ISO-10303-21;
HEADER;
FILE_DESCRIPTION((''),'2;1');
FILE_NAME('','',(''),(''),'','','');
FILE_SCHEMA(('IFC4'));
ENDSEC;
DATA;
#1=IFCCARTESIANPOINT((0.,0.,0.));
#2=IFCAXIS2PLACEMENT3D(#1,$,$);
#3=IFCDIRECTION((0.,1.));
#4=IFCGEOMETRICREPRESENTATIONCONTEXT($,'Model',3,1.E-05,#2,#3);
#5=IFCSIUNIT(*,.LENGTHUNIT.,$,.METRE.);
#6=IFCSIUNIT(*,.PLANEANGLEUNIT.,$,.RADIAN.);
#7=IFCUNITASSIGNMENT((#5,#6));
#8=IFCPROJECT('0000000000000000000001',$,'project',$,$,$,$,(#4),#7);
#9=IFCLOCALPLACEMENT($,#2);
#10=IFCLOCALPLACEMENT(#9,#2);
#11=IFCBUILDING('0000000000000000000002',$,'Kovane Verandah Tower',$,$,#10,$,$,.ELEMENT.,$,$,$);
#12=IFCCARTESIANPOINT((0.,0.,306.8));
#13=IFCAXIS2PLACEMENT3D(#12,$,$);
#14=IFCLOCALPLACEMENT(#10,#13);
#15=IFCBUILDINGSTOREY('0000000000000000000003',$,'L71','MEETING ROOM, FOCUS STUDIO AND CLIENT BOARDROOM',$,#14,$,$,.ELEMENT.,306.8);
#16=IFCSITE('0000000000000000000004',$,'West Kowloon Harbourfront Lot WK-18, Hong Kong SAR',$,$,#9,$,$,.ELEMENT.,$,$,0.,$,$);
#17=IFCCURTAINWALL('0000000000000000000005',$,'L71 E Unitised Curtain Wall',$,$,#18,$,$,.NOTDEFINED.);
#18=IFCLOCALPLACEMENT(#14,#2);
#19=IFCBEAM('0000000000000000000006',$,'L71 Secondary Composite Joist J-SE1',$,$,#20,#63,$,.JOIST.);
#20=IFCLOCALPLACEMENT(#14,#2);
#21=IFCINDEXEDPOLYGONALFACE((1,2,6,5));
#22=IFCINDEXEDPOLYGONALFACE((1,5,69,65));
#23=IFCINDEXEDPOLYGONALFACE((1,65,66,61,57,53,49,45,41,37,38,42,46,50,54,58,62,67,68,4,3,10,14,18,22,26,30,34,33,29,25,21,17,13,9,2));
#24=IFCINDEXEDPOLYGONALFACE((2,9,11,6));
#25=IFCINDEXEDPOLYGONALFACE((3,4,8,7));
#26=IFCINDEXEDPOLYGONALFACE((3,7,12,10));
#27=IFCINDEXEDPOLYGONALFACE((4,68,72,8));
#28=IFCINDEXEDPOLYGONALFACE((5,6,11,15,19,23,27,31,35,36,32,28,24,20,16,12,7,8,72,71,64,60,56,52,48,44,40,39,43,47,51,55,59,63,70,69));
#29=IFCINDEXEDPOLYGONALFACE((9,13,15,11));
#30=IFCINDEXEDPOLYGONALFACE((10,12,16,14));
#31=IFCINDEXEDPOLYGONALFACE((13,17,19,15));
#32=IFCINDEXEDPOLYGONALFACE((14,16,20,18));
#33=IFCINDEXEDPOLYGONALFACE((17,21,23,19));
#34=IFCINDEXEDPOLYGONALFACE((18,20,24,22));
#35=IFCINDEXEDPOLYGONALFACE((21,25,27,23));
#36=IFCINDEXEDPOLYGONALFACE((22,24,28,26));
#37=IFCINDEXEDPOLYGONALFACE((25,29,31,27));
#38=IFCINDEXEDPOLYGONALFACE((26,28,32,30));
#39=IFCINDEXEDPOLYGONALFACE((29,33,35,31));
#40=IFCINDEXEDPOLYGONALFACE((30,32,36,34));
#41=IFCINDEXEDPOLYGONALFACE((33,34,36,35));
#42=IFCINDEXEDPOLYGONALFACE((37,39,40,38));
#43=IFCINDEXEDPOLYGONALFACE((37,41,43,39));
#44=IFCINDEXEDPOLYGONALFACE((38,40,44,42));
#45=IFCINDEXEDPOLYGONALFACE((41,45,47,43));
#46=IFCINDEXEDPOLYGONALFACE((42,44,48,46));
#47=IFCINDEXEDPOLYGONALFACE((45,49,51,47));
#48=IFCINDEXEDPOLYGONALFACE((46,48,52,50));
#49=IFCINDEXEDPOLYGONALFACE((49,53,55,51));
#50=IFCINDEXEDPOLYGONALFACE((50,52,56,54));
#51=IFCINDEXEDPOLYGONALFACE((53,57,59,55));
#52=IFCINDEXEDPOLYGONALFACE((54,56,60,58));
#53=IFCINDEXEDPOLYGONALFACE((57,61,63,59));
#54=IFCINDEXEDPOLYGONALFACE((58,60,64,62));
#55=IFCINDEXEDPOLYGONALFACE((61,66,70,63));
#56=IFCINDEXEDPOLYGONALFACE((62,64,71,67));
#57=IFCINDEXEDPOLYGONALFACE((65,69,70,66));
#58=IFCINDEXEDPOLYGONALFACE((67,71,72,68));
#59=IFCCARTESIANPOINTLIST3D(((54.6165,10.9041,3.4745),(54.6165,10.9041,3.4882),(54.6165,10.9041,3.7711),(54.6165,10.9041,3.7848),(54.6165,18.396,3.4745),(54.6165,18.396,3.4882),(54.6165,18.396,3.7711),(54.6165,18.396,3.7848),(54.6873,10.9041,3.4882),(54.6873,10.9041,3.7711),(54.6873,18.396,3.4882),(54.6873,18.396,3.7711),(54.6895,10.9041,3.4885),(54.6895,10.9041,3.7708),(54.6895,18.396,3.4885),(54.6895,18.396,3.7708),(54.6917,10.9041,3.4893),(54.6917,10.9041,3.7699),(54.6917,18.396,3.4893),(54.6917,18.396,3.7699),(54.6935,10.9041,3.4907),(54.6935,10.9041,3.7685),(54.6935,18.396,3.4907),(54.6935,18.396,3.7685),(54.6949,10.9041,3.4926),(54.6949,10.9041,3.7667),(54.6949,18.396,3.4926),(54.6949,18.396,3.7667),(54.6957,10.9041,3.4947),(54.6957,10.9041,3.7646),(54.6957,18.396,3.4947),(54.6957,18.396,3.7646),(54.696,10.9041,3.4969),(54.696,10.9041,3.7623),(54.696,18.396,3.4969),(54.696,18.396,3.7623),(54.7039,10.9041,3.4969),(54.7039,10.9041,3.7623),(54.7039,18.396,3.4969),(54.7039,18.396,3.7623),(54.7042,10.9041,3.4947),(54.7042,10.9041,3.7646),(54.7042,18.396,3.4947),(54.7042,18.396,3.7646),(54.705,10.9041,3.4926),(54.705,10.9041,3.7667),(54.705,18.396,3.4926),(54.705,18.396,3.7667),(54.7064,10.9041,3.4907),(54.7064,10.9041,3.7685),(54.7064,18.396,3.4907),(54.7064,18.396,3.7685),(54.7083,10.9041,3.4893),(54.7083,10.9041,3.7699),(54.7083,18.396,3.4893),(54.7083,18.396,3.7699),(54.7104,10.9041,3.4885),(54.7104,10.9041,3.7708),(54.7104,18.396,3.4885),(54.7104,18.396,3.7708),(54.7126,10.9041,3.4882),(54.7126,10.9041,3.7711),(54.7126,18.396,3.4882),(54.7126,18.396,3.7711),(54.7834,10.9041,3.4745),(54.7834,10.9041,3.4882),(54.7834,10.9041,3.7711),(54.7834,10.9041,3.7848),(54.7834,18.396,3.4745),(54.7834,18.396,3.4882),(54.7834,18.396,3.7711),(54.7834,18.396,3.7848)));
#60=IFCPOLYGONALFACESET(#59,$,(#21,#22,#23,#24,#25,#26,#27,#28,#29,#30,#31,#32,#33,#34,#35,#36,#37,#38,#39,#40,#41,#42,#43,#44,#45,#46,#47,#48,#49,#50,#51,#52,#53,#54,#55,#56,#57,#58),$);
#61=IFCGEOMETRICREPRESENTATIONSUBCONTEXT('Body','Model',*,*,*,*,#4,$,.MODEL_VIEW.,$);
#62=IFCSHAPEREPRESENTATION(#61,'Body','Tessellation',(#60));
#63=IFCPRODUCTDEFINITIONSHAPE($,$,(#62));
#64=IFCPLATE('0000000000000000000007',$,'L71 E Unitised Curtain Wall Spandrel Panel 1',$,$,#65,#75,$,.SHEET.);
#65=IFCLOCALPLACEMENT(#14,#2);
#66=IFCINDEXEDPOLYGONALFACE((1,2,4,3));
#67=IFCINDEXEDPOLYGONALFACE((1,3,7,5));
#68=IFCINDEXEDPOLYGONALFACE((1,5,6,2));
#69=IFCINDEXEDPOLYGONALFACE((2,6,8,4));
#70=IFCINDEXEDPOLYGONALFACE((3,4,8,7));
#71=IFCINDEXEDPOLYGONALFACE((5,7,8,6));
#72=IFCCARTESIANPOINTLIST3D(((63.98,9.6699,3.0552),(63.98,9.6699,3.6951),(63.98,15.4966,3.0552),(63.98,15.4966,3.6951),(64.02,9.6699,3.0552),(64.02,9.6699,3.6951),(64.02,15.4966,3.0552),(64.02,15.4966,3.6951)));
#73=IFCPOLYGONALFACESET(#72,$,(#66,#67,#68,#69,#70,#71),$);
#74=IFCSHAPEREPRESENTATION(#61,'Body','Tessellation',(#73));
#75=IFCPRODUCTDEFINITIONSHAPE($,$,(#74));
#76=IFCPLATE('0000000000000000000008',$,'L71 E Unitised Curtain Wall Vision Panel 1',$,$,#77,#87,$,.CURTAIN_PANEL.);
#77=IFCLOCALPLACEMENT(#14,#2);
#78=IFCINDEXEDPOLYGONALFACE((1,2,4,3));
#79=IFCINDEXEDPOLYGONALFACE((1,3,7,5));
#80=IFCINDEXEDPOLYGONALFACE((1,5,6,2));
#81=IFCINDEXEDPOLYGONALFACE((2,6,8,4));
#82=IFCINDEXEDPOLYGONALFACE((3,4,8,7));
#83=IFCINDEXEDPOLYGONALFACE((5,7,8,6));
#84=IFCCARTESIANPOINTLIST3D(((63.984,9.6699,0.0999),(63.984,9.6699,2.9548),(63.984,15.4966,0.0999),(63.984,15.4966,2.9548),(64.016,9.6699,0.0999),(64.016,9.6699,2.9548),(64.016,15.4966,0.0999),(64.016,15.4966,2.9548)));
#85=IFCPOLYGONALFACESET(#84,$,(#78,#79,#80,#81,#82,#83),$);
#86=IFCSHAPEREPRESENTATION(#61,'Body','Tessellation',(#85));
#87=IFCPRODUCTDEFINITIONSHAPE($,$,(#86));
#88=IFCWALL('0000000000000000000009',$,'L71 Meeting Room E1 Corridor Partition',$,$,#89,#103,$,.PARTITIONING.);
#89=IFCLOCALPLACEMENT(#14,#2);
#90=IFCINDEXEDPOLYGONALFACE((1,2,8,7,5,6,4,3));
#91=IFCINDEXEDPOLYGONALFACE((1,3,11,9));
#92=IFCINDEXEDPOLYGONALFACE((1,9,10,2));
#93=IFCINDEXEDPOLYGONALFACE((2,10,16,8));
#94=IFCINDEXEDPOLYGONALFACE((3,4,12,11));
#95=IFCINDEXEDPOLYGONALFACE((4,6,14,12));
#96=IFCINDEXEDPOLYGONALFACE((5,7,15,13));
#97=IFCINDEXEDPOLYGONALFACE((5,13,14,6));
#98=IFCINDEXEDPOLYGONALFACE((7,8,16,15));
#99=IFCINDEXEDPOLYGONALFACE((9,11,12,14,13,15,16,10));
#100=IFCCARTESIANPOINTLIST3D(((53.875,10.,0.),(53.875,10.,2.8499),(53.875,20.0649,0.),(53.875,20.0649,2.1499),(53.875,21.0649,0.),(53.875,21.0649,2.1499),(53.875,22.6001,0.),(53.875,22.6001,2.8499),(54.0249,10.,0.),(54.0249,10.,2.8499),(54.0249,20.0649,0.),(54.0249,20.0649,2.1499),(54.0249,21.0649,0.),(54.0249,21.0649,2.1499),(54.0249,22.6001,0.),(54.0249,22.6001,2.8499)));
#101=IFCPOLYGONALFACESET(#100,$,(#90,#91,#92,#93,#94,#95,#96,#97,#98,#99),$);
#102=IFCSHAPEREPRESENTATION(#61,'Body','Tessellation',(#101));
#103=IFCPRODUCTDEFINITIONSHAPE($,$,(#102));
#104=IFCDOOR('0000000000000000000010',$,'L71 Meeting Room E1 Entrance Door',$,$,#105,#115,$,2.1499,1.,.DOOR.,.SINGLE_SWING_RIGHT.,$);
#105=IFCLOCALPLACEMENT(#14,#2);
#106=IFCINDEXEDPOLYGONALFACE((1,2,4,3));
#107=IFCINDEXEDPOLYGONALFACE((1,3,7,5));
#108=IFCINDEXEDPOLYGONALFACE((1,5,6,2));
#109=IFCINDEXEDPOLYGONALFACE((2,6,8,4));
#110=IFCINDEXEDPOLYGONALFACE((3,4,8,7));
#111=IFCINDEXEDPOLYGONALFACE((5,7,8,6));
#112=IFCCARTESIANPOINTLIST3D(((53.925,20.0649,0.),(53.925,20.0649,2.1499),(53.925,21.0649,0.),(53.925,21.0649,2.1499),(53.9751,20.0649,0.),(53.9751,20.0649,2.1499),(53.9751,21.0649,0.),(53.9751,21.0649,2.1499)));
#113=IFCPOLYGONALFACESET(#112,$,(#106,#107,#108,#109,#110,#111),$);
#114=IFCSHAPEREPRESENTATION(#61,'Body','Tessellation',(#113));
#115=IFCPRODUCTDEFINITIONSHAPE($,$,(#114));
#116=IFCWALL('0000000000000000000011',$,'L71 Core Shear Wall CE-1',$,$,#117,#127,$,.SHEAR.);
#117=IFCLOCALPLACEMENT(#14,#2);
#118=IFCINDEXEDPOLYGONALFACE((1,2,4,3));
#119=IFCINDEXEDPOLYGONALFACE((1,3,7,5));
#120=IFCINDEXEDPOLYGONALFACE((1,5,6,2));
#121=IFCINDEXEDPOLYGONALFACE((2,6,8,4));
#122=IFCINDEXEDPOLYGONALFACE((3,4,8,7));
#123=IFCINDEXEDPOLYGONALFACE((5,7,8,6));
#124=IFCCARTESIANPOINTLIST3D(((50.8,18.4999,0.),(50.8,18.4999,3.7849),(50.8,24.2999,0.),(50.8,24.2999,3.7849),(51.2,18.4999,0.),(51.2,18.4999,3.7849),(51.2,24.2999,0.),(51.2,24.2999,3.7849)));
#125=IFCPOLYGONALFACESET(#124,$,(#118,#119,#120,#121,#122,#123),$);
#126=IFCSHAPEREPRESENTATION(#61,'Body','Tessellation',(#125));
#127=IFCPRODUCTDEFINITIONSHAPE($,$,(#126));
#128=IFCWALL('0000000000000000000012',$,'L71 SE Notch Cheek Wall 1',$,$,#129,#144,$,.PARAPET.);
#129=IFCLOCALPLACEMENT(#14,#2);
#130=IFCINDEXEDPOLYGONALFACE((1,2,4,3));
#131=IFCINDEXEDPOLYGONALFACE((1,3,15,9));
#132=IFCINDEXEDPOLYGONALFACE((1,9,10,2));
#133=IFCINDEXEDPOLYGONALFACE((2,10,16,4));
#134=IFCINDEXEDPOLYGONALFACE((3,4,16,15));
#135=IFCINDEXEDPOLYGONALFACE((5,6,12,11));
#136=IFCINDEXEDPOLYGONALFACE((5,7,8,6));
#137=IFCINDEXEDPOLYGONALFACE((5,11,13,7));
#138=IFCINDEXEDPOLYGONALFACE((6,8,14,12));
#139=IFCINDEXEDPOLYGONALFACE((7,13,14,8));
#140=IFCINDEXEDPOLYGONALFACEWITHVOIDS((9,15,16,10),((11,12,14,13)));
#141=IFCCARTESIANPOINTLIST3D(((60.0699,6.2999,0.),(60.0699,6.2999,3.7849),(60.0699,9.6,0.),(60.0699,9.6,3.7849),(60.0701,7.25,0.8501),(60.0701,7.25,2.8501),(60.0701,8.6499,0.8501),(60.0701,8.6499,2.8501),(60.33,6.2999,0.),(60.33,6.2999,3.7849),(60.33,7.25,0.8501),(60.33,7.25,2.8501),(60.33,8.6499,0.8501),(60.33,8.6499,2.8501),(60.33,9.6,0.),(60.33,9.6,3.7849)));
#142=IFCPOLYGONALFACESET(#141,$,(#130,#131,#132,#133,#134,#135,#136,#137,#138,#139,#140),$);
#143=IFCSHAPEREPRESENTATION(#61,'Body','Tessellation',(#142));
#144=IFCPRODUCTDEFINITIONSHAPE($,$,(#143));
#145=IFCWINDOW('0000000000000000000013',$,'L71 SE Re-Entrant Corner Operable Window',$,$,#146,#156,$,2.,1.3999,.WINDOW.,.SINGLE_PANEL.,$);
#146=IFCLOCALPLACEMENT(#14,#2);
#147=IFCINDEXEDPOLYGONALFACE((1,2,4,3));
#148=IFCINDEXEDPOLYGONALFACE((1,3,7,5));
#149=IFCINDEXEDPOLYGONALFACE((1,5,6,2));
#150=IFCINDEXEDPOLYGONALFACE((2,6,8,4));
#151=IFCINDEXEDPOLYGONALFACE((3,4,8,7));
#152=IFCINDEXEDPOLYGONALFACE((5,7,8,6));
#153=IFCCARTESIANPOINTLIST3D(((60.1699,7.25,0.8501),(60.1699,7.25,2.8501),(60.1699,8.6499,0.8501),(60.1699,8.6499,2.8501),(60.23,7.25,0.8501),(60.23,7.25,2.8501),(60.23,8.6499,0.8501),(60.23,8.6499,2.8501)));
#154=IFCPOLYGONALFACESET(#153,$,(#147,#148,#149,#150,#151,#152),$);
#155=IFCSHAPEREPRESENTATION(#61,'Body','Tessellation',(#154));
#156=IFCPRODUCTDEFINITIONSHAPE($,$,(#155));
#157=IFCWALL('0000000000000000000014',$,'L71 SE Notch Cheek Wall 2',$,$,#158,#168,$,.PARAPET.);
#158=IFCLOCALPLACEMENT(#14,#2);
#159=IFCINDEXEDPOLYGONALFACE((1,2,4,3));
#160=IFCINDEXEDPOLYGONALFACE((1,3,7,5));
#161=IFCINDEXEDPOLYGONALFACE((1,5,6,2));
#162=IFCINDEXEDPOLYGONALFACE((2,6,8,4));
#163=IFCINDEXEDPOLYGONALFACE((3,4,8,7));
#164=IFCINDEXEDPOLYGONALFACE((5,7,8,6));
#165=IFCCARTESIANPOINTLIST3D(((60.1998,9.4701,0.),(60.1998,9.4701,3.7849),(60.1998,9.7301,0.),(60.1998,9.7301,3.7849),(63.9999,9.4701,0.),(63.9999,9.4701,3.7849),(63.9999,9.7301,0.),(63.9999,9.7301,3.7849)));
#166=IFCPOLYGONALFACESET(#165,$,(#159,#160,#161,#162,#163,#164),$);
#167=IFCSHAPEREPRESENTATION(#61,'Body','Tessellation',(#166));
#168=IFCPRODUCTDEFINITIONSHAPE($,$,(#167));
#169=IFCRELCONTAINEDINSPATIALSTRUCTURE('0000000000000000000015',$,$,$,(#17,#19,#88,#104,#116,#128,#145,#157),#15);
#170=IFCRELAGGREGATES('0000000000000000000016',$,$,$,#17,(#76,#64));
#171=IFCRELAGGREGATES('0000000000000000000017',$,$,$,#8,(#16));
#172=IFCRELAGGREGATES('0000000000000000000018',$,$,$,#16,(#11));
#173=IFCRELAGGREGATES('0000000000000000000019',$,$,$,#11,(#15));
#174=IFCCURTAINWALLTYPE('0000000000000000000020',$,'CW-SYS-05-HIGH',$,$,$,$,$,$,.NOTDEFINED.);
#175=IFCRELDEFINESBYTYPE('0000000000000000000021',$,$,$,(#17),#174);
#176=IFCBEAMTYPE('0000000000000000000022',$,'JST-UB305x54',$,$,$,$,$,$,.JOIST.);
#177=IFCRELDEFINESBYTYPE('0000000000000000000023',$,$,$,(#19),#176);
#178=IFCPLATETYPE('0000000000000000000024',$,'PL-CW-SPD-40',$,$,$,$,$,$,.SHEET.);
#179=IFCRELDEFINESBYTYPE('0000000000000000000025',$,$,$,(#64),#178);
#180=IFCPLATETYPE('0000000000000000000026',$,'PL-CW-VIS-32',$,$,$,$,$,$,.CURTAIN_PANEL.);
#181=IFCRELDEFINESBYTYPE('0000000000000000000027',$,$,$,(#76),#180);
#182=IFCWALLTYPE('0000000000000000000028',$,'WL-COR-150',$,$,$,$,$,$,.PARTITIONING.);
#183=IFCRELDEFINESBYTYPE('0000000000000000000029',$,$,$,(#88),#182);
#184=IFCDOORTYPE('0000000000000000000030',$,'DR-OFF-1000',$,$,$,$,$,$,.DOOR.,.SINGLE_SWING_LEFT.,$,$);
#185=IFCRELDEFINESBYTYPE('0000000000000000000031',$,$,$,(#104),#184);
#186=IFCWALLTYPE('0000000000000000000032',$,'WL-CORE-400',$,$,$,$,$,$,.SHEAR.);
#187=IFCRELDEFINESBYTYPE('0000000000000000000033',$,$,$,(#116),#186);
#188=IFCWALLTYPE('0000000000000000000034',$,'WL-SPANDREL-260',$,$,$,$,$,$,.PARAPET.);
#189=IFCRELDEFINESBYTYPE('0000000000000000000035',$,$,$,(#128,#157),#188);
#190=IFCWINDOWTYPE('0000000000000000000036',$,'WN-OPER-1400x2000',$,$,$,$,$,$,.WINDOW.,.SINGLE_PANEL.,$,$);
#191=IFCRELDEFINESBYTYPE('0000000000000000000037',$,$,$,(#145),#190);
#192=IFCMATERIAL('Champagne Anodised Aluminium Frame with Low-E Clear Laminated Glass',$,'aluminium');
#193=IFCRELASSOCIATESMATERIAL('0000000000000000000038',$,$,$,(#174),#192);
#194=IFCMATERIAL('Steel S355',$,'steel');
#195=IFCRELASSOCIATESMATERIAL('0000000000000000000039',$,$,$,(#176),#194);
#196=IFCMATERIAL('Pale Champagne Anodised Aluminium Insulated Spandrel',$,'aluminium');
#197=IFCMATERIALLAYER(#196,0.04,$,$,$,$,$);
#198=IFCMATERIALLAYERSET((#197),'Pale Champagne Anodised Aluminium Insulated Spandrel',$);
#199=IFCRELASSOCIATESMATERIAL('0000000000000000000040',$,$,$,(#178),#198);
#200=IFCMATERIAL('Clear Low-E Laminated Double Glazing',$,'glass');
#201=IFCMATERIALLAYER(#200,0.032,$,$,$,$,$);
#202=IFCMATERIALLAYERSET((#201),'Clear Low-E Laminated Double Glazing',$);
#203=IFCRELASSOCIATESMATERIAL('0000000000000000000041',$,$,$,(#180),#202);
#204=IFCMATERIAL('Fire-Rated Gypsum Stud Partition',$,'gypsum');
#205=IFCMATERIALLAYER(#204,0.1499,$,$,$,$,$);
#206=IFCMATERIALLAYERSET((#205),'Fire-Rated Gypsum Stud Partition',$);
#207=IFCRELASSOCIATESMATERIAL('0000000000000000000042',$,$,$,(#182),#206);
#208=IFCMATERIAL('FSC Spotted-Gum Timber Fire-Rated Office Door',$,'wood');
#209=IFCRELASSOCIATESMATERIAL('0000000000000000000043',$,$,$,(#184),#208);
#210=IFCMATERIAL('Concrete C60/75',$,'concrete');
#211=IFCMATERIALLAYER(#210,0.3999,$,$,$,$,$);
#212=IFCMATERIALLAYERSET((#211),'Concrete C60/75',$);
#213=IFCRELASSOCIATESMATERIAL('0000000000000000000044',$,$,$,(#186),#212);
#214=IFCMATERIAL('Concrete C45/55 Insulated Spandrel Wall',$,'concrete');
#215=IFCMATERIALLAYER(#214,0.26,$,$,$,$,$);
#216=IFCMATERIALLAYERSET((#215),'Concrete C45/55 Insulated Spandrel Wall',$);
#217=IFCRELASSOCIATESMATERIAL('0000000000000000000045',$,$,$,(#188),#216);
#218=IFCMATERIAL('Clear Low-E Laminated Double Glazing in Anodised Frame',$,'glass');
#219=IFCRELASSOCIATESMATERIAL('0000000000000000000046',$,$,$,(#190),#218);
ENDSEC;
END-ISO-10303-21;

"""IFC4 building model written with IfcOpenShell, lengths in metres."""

from ifc_helpers import new_model, si_unit, direction, frame, frame_2d, origin, origin_2d, place, context, subcontext, project, spatial, rectangle, i_section, extrude, material, layer, layer_set, material_profile, profile_set, type_object, element, fill, aggregate, save


model = new_model("IFC4")

# Units and contexts
model_context = context("Model", 3, precision=1e-05, world=origin(), true_north=direction((0.0, 1.0)))
body_context = subcontext(model_context, "Body", "Model", "MODEL_VIEW")
ifc_project = project(units=[si_unit("LENGTHUNIT", "METRE"), si_unit("PLANEANGLEUNIT", "RADIAN")], contexts=[model_context])

# Site, building, storey
site_placement = place(None, origin())
site = spatial("IfcSite", under=ifc_project, at=site_placement, Name="West Kowloon Harbourfront Lot WK-18, Hong Kong SAR", CompositionType="ELEMENT", RefElevation=0.0)
building_placement = place(site_placement, origin())
building = spatial("IfcBuilding", under=site, at=building_placement, Name="Kovane Verandah Tower", CompositionType="ELEMENT")
storey_placement = place(building_placement, frame((0.0, 0.0, 306.8)))
storey = spatial("IfcBuildingStorey", under=building, at=storey_placement, Name="L71", Description="MEETING ROOM, FOCUS STUDIO AND CLIENT BOARDROOM", CompositionType="ELEMENT", Elevation=306.8)

# Shared definitions
ifc_material_1 = material(Name="Concrete C60/75", Category="concrete")

# Shared definitions
ifc_material_2 = material(Name="Steel S355", Category="steel")

# Curtain wall
ifc_material_3 = material(Name="Champagne Anodised Aluminium Frame with Low-E Clear Laminated Glass", Category="aluminium")
curtain_wall_type = type_object("IfcCurtainWallType", Name="CW-SYS-05-HIGH", PredefinedType="NOTDEFINED", material=ifc_material_3)
curtain_wall_placement = place(storey_placement, origin())
curtain_wall = element("IfcCurtainWall", 1, at=curtain_wall_placement, inside=storey, type_object=curtain_wall_type, Name="L71 E Unitised Curtain Wall", PredefinedType="NOTDEFINED")

# Beam
ifc_material_profile_1 = material_profile(ifc_material_2, i_section(OverallWidth=0.167, OverallDepth=0.3103, WebThickness=0.0078, FlangeThickness=0.0137, FilletRadius=0.0088, at=origin_2d()), Name="UB305x165x54")
ifc_profile_set_1 = profile_set([ifc_material_profile_1], Name="Steel S355")
beam_type_1 = type_object("IfcBeamType", Name="JST-UB305x54", PredefinedType="JOIST", material=ifc_profile_set_1)
beam_1_placement = place(storey_placement, frame((54.7, 10.9041, 3.6296), z_axis=(0.0, 1.0, 0.0), x_axis=(-1.0, 0.0, 0.0)))
element("IfcBeam", 2, at=beam_1_placement, inside=storey, type_object=beam_type_1, Name="L71 Secondary Composite Joist J-SE1", PredefinedType="JOIST", context=body_context, shape_type="SweptSolid", body=[
    extrude(i_section(OverallWidth=0.167, OverallDepth=0.3103, WebThickness=0.0078, FlangeThickness=0.0137, FilletRadius=0.0088, at=origin_2d()), origin(), (0.0, 0.0, 1.0), 7.4919),
])

# Plates
ifc_material_4 = material(Name="Pale Champagne Anodised Aluminium Insulated Spandrel", Category="aluminium")
ifc_layer_1 = layer(ifc_material_4, 0.04)
ifc_layer_set_1 = layer_set([ifc_layer_1], Name="Pale Champagne Anodised Aluminium Insulated Spandrel")
plate_type_1 = type_object("IfcPlateType", Name="PL-CW-SPD-40", PredefinedType="SHEET", material=ifc_layer_set_1)
plate_1_placement = place(storey_placement, frame((64.0, 12.5833, 3.0552), z_axis=(0.0, 0.0, 1.0), x_axis=(0.0, 1.0, 0.0)))
plate_1 = element("IfcPlate", 3, at=plate_1_placement, type_object=plate_type_1, Name="L71 E Unitised Curtain Wall Spandrel Panel 1", PredefinedType="SHEET", context=body_context, shape_type="SweptSolid", body=[
    extrude(rectangle(XDim=5.8267, YDim=0.04, at=origin_2d()), origin(), (0.0, 0.0, 1.0), 0.6399),
])
ifc_material_5 = material(Name="Clear Low-E Laminated Double Glazing", Category="glass")
ifc_layer_2 = layer(ifc_material_5, 0.032)
ifc_layer_set_2 = layer_set([ifc_layer_2], Name="Clear Low-E Laminated Double Glazing")
plate_type_2 = type_object("IfcPlateType", Name="PL-CW-VIS-32", PredefinedType="CURTAIN_PANEL", material=ifc_layer_set_2)
plate_2_placement = place(storey_placement, frame((64.0, 12.5833, 0.0999), z_axis=(0.0, 0.0, 1.0), x_axis=(0.0, 1.0, 0.0)))
plate_2 = element("IfcPlate", 4, at=plate_2_placement, type_object=plate_type_2, Name="L71 E Unitised Curtain Wall Vision Panel 1", PredefinedType="CURTAIN_PANEL", context=body_context, shape_type="SweptSolid", body=[
    extrude(rectangle(XDim=5.8267, YDim=0.032, at=origin_2d()), origin(), (0.0, 0.0, 1.0), 2.855),
])
aggregate(curtain_wall, [plate_2, plate_1])

# Wall, opening, door
ifc_material_6 = material(Name="Fire-Rated Gypsum Stud Partition", Category="gypsum")
ifc_layer_3 = layer(ifc_material_6, 0.1499)
ifc_layer_set_3 = layer_set([ifc_layer_3], Name="Fire-Rated Gypsum Stud Partition")
wall_type_1 = type_object("IfcWallType", Name="WL-COR-150", PredefinedType="PARTITIONING", material=ifc_layer_set_3)
wall_1_placement = place(storey_placement, frame((53.95, 10.0, 0.0), z_axis=(0.0, 0.0, 1.0), x_axis=(0.0, 1.0, 0.0)))
wall_1 = element("IfcWall", 5, at=wall_1_placement, inside=storey, type_object=wall_type_1, Name="L71 Meeting Room E1 Corridor Partition", PredefinedType="PARTITIONING", context=body_context, shape_type="SweptSolid", body=[
    extrude(rectangle(XDim=12.6001, YDim=0.1499, at=frame_2d((6.3, 0.0))), origin(), (0.0, 0.0, 1.0), 2.8499),
])
opening_1_placement = place(wall_1_placement, frame((10.0649, 0.0, 0.0)))
opening_1 = element("IfcOpeningElement", 6, at=opening_1_placement, cuts=wall_1, PredefinedType="OPENING", context=body_context, shape_type="SweptSolid", body=[
    extrude(rectangle(XDim=1.0, YDim=2.1499, at=frame_2d((0.5, 1.075))), frame((0.0, 0.075, 0.0), z_axis=(0.0, -1.0, 0.0), x_axis=(1.0, 0.0, 0.0)), (0.0, 0.0, 1.0), 0.1499),
])
ifc_material_7 = material(Name="FSC Spotted-Gum Timber Fire-Rated Office Door", Category="wood")
door_type = type_object("IfcDoorType", Name="DR-OFF-1000", OperationType="SINGLE_SWING_LEFT", PredefinedType="DOOR", material=ifc_material_7)
door_placement = place(opening_1_placement, origin())
door = element("IfcDoor", 7, at=door_placement, inside=storey, type_object=door_type, Name="L71 Meeting Room E1 Entrance Door", OperationType="SINGLE_SWING_RIGHT", OverallHeight=2.1499, OverallWidth=1.0, PredefinedType="DOOR", context=body_context, shape_type="SweptSolid", body=[
    extrude(rectangle(XDim=1.0, YDim=2.1499, at=frame_2d((0.5, 1.075))), frame((0.0, 0.0249, 0.0), z_axis=(0.0, -1.0, 0.0), x_axis=(1.0, 0.0, 0.0)), (0.0, 0.0, 1.0), 0.05),
])
fill(opening_1, door)

# Wall
ifc_layer_4 = layer(ifc_material_1, 0.3999)
ifc_layer_set_4 = layer_set([ifc_layer_4], Name="Concrete C60/75")
wall_type_2 = type_object("IfcWallType", Name="WL-CORE-400", PredefinedType="SHEAR", material=ifc_layer_set_4)
wall_2_placement = place(storey_placement, frame((51.0, 18.5, 0.0), z_axis=(0.0, 0.0, 1.0), x_axis=(0.0, 1.0, 0.0)))
element("IfcWall", 8, at=wall_2_placement, inside=storey, type_object=wall_type_2, Name="L71 Core Shear Wall CE-1", PredefinedType="SHEAR", context=body_context, shape_type="SweptSolid", body=[
    extrude(rectangle(XDim=5.8, YDim=0.3999, at=frame_2d((2.8999, 0.0))), origin(), (0.0, 0.0, 1.0), 3.7849),
])

# Wall, opening, window
ifc_material_8 = material(Name="Concrete C45/55 Insulated Spandrel Wall", Category="concrete")
ifc_layer_5 = layer(ifc_material_8, 0.26)
ifc_layer_set_5 = layer_set([ifc_layer_5], Name="Concrete C45/55 Insulated Spandrel Wall")
wall_type_3 = type_object("IfcWallType", Name="WL-SPANDREL-260", PredefinedType="PARAPET", material=ifc_layer_set_5)
wall_3_placement = place(storey_placement, frame((60.2, 6.3, 0.0), z_axis=(0.0, 0.0, 1.0), x_axis=(0.0, 1.0, 0.0)))
wall_3 = element("IfcWall", 9, at=wall_3_placement, inside=storey, type_object=wall_type_3, Name="L71 SE Notch Cheek Wall 1", PredefinedType="PARAPET", context=body_context, shape_type="SweptSolid", body=[
    extrude(rectangle(XDim=3.3, YDim=0.26, at=frame_2d((1.6499, 0.0))), origin(), (0.0, 0.0, 1.0), 3.7849),
])
opening_2_placement = place(wall_3_placement, frame((0.95, 0.0, 0.8501)))
opening_2 = element("IfcOpeningElement", 10, at=opening_2_placement, cuts=wall_3, PredefinedType="OPENING", context=body_context, shape_type="SweptSolid", body=[
    extrude(rectangle(XDim=1.3999, YDim=2.0, at=frame_2d((0.7, 1.0))), frame((0.0, 0.1299, 0.0), z_axis=(0.0, -1.0, 0.0), x_axis=(1.0, 0.0, 0.0)), (0.0, 0.0, 1.0), 0.26),
])
ifc_material_9 = material(Name="Clear Low-E Laminated Double Glazing in Anodised Frame", Category="glass")
window_type = type_object("IfcWindowType", Name="WN-OPER-1400x2000", PartitioningType="SINGLE_PANEL", PredefinedType="WINDOW", material=ifc_material_9)
window_placement = place(opening_2_placement, origin())
window = element("IfcWindow", 11, at=window_placement, inside=storey, type_object=window_type, Name="L71 SE Re-Entrant Corner Operable Window", OverallHeight=2.0, OverallWidth=1.3999, PartitioningType="SINGLE_PANEL", PredefinedType="WINDOW", context=body_context, shape_type="SweptSolid", body=[
    extrude(rectangle(XDim=1.3999, YDim=2.0, at=frame_2d((0.7, 1.0))), frame((0.0, 0.03, 0.0), z_axis=(0.0, -1.0, 0.0), x_axis=(1.0, 0.0, 0.0)), (0.0, 0.0, 1.0), 0.0601),
])
fill(opening_2, window)

# Wall
wall_4_placement = place(storey_placement, frame((60.2, 9.6001, 0.0), z_axis=(0.0, 0.0, 1.0), x_axis=(1.0, 0.0, 0.0)))
element("IfcWall", 12, at=wall_4_placement, inside=storey, type_object=wall_type_3, Name="L71 SE Notch Cheek Wall 2", PredefinedType="PARAPET", context=body_context, shape_type="SweptSolid", body=[
    extrude(rectangle(XDim=3.8, YDim=0.26, at=frame_2d((1.8999, 0.0))), origin(), (0.0, 0.0, 1.0), 3.7849),
])

save(model, "model.ifc")
